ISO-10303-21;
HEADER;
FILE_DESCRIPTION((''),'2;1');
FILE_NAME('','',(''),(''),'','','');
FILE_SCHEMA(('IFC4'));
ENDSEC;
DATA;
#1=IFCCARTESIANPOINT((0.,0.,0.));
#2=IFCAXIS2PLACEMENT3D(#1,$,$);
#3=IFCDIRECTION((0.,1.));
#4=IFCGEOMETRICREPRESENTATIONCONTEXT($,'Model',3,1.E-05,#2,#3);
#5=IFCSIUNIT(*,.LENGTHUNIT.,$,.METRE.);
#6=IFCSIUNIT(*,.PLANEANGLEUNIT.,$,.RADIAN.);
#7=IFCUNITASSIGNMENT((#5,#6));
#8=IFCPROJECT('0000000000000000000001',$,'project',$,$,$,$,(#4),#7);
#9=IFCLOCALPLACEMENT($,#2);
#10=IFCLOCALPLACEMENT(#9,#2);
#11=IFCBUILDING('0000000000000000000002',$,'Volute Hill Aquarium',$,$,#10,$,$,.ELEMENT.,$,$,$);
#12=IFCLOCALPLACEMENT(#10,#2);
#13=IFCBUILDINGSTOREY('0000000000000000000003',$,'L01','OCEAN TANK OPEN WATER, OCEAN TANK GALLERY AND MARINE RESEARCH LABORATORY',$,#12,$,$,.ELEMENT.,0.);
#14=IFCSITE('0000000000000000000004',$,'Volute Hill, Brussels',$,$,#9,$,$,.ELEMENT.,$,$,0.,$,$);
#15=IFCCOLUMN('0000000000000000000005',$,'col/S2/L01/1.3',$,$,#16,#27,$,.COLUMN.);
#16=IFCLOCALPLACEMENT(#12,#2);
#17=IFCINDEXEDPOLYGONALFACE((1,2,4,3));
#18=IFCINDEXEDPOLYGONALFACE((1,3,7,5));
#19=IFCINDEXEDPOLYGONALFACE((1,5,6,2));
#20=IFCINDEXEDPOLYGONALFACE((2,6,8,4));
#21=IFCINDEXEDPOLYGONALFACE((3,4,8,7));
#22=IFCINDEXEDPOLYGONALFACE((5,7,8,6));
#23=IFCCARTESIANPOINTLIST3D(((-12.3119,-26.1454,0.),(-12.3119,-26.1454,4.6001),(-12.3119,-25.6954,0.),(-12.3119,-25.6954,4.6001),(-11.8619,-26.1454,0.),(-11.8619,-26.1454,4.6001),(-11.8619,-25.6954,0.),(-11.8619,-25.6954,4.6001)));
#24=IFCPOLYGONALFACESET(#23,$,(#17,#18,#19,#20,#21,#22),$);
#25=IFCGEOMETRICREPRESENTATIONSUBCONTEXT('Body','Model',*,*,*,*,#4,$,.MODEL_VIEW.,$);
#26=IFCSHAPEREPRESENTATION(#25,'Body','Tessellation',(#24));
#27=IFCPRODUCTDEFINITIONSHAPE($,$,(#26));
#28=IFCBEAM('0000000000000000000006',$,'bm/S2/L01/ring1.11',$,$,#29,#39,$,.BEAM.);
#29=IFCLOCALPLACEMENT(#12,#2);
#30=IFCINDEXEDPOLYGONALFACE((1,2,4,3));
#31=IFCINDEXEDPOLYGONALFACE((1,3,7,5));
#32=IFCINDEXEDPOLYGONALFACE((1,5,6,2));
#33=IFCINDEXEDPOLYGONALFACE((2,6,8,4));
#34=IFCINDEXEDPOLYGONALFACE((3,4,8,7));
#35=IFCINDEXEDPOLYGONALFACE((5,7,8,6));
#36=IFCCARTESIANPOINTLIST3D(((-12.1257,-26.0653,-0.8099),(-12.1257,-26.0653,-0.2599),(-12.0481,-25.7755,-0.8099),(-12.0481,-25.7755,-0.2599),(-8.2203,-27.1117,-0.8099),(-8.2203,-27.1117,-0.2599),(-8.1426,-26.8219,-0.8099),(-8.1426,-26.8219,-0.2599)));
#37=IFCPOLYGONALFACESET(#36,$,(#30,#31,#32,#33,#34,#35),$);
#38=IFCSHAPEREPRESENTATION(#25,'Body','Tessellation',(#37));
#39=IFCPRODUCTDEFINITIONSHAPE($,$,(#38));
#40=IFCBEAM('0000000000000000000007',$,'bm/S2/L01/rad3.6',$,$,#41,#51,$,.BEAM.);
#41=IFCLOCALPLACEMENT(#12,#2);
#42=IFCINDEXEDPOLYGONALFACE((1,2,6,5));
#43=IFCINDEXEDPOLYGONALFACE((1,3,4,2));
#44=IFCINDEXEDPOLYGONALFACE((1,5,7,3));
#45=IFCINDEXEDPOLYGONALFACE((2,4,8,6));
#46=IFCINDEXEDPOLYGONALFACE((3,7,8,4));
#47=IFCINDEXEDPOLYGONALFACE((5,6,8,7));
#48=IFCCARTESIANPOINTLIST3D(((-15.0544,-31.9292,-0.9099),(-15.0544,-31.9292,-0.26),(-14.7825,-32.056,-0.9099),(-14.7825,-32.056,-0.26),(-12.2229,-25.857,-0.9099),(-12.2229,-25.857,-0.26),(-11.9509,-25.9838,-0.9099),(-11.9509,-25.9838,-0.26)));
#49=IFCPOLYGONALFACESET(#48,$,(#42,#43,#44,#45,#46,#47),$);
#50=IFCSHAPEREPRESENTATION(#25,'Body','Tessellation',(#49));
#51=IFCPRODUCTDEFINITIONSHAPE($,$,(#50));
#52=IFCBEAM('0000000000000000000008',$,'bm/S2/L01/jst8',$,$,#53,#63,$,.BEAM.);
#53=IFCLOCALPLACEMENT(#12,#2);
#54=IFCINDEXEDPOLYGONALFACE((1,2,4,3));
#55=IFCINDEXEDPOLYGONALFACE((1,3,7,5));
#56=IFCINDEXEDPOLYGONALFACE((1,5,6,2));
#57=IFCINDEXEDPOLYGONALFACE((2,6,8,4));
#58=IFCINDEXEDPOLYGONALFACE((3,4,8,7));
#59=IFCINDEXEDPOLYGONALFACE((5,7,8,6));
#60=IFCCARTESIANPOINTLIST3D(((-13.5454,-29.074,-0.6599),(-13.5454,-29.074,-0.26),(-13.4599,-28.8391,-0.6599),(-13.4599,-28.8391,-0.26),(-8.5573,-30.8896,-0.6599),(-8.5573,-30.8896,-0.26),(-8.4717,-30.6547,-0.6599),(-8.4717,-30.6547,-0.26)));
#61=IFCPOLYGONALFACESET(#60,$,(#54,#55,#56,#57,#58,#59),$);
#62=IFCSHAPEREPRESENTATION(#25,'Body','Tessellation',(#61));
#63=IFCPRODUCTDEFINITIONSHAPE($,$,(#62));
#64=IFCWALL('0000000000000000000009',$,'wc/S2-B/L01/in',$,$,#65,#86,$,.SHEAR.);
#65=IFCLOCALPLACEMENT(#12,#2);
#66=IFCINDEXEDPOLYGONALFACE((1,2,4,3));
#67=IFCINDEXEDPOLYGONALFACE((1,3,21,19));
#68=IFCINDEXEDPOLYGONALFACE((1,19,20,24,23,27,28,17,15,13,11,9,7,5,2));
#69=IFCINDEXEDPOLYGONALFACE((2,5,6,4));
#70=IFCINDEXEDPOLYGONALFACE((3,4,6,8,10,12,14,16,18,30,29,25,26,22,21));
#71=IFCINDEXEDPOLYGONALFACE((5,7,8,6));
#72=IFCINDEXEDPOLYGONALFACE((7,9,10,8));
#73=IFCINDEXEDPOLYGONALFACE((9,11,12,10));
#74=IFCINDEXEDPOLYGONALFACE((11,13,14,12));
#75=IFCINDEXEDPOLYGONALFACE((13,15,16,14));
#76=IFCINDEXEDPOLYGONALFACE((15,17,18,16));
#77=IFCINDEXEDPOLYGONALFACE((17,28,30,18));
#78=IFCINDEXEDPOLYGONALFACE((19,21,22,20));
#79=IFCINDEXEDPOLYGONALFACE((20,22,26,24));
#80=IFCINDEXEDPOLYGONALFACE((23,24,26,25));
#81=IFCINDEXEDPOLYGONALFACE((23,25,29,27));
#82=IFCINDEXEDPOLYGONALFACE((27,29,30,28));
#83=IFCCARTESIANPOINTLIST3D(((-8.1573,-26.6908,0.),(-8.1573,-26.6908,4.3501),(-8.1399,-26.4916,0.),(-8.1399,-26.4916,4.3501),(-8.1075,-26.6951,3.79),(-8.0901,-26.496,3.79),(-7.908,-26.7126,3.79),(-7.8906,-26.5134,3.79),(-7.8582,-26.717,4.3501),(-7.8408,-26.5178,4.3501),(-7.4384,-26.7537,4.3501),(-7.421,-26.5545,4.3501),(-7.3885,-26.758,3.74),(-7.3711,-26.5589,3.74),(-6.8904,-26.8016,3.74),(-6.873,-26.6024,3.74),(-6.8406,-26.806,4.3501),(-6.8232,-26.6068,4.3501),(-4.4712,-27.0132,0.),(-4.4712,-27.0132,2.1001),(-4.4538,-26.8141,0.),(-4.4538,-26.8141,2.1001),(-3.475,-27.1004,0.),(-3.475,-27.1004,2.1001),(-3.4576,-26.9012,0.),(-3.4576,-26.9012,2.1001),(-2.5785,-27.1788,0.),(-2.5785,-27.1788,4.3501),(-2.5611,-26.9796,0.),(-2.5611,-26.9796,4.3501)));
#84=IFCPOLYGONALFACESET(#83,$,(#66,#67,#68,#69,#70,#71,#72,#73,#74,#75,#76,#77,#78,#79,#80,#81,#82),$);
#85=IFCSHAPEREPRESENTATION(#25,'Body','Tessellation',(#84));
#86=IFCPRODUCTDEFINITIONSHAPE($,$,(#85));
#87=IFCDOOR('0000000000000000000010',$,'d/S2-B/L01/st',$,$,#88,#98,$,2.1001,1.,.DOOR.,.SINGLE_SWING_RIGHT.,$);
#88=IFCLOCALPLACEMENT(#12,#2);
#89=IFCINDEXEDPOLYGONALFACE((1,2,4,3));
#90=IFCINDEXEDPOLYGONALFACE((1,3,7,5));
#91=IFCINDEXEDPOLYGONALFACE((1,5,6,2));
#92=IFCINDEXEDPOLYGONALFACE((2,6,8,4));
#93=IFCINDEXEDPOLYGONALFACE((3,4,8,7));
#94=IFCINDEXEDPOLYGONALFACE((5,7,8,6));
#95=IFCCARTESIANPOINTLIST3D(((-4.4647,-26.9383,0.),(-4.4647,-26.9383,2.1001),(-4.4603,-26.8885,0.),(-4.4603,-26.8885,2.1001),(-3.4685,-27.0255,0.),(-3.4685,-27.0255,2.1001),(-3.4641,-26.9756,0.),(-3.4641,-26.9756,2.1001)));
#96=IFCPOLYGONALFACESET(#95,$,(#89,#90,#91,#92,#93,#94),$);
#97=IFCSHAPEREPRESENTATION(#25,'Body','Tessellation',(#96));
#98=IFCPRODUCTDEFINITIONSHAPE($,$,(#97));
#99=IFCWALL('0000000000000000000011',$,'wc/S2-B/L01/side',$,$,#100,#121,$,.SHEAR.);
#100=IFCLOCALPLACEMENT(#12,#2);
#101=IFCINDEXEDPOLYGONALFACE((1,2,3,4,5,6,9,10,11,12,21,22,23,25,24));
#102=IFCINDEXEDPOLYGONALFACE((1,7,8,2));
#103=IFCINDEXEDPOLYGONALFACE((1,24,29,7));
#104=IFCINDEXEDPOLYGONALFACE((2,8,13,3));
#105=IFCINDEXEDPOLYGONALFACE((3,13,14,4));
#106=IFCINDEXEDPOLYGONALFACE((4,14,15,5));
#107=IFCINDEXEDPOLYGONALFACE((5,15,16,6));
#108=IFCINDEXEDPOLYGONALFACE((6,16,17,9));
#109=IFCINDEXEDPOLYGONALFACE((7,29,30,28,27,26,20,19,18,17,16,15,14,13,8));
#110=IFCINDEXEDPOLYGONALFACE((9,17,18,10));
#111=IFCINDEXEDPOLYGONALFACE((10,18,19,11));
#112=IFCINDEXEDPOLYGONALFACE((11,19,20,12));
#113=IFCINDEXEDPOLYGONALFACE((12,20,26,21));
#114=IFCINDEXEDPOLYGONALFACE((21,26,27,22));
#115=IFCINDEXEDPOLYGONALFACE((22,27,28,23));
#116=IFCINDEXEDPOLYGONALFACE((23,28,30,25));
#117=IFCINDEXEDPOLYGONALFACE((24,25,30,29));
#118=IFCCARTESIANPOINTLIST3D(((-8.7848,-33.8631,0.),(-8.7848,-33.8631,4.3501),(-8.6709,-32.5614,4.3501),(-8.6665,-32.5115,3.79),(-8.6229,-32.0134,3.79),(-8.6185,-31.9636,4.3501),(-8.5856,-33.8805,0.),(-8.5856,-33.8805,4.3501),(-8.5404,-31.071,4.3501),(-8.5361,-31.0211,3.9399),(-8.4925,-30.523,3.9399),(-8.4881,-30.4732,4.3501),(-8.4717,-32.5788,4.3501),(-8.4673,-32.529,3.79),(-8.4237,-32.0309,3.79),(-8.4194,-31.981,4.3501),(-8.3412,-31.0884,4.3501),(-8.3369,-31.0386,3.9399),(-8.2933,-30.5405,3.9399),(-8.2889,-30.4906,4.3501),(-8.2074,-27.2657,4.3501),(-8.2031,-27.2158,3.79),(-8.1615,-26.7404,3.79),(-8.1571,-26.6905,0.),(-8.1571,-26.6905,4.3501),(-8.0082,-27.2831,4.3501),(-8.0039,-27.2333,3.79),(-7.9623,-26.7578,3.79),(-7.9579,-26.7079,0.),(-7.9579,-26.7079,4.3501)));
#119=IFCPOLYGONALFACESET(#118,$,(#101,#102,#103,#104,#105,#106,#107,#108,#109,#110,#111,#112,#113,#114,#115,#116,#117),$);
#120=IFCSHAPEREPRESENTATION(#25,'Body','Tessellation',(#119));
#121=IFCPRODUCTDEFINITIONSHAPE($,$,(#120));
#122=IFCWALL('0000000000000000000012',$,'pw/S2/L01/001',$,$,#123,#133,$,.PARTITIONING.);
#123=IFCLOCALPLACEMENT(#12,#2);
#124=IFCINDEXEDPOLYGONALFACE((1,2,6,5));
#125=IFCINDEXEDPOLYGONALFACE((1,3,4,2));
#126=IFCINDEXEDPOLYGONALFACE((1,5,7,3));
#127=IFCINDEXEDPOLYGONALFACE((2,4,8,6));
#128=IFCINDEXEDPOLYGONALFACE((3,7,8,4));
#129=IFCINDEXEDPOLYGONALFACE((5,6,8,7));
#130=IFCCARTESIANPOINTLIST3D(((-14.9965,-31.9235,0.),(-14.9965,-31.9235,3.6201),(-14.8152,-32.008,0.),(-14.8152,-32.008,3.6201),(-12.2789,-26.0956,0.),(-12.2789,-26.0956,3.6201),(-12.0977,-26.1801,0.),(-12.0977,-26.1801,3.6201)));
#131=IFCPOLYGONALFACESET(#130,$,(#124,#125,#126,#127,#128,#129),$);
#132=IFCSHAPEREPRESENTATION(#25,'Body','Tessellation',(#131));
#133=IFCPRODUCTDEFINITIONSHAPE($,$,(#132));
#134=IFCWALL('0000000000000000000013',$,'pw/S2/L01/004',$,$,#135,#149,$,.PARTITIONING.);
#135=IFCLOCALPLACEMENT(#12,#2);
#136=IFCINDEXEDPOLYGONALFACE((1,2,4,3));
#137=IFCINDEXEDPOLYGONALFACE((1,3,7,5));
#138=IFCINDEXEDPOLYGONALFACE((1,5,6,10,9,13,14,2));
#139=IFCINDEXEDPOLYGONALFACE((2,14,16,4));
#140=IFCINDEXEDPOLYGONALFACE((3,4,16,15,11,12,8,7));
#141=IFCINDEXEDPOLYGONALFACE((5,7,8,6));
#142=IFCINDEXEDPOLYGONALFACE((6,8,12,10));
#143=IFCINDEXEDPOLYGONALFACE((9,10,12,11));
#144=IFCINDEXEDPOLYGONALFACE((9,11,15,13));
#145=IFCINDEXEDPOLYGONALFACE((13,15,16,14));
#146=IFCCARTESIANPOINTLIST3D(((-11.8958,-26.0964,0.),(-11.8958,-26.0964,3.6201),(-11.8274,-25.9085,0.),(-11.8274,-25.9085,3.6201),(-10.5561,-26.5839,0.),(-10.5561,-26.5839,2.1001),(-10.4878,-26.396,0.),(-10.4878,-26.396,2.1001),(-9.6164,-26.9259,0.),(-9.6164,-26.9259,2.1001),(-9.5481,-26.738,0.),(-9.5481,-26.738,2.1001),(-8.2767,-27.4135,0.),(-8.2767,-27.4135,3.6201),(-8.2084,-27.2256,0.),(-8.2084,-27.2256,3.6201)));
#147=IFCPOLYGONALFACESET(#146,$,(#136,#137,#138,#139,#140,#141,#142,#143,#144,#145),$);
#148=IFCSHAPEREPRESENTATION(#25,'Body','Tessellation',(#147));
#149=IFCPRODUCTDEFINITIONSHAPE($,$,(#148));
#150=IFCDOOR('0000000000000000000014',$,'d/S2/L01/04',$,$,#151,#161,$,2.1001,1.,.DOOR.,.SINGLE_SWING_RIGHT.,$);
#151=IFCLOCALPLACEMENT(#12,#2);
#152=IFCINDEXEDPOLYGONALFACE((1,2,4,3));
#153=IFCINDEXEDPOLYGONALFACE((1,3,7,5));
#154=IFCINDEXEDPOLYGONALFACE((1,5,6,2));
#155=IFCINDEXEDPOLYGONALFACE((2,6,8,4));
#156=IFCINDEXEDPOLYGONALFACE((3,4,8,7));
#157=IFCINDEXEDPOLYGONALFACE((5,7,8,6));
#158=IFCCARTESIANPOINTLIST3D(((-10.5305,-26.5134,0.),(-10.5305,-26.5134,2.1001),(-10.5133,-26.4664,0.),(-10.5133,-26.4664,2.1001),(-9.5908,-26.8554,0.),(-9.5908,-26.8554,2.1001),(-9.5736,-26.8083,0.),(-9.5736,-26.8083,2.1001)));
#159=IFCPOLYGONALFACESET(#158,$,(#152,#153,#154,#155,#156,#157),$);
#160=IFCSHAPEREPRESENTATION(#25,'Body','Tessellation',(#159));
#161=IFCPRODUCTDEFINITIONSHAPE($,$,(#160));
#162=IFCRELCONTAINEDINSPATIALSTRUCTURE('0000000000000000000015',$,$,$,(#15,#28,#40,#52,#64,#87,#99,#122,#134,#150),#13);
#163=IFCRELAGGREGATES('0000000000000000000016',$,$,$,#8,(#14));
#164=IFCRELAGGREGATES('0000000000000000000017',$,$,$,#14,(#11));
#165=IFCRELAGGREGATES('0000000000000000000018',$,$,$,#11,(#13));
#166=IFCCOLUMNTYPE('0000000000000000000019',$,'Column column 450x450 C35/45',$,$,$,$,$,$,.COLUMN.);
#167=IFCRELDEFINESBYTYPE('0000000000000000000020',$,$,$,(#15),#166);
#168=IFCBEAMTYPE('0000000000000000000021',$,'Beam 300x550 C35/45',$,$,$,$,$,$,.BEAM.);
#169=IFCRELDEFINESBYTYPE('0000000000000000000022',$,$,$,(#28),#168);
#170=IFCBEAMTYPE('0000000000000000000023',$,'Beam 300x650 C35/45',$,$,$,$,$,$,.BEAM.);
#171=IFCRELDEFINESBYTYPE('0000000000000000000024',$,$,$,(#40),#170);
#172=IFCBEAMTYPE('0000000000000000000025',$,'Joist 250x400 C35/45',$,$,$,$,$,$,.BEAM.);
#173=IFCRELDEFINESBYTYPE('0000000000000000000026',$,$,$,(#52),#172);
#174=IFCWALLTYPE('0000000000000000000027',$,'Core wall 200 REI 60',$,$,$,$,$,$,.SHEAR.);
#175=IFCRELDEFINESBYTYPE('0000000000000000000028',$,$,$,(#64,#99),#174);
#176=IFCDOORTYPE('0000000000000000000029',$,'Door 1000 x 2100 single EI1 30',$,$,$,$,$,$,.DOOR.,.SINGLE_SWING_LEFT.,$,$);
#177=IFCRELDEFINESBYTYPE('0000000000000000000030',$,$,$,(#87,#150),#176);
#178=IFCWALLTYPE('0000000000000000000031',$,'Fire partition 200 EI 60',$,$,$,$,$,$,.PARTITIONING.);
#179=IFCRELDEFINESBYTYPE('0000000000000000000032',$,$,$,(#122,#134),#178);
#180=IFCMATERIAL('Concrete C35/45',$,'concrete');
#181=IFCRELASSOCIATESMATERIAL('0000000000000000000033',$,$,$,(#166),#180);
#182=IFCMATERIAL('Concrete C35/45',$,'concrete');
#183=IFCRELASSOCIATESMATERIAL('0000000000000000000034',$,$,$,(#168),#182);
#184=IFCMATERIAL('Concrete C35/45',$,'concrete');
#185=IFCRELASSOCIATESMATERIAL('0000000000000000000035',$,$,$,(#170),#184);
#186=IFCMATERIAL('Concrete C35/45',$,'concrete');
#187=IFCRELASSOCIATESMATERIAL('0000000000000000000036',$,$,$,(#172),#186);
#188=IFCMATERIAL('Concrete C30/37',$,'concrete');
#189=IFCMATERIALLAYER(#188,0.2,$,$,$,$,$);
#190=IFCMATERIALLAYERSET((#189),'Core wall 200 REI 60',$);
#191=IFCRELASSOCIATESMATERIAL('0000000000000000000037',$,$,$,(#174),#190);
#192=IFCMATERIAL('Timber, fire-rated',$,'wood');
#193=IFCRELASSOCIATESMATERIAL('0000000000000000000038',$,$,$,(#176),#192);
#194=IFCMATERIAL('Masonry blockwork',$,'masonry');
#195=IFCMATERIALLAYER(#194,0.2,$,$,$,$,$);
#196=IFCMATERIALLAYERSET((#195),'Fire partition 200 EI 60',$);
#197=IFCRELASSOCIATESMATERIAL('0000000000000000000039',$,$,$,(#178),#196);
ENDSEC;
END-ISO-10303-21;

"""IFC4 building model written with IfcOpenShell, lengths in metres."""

from ifc_helpers import new_model, si_unit, direction, frame, frame_2d, origin, origin_2d, place, context, subcontext, project, spatial, polyline, rectangle, outline, extrude, material, layer, layer_set, material_profile, profile_set, type_object, element, fill, save


model = new_model("IFC4")

# Units and contexts
model_context = context("Model", 3, precision=1e-05, world=origin(), true_north=direction((0.0, 1.0)))
body_context = subcontext(model_context, "Body", "Model", "MODEL_VIEW")
ifc_project = project(units=[si_unit("LENGTHUNIT", "METRE"), si_unit("PLANEANGLEUNIT", "RADIAN")], contexts=[model_context])

# Site, building, storey
site_placement = place(None, origin())
site = spatial("IfcSite", under=ifc_project, at=site_placement, Name="Volute Hill, Brussels", CompositionType="ELEMENT", RefElevation=0.0)
building_placement = place(site_placement, origin())
building = spatial("IfcBuilding", under=site, at=building_placement, Name="Volute Hill Aquarium", CompositionType="ELEMENT")
storey_placement = place(building_placement, origin())
storey = spatial("IfcBuildingStorey", under=building, at=storey_placement, Name="L01", Description="OCEAN TANK OPEN WATER, OCEAN TANK GALLERY AND MARINE RESEARCH LABORATORY", CompositionType="ELEMENT", Elevation=0.0)

# Column
ifc_material_1 = material(Name="Concrete C35/45", Category="concrete")
ifc_material_profile_1 = material_profile(ifc_material_1, rectangle(XDim=0.45, YDim=0.45, at=origin_2d()), Name="RC column 450x450")
ifc_profile_set_1 = profile_set([ifc_material_profile_1], Name="Concrete C35/45")
column_type = type_object("IfcColumnType", Name="Column column 450x450 C35/45", PredefinedType="COLUMN", material=ifc_profile_set_1)
column_placement = place(storey_placement, frame((-12.0869, -25.9204, 0.0), z_axis=(0.0, 0.0, 1.0), x_axis=(1.0, 0.0, 0.0)))
element("IfcColumn", 1, at=column_placement, inside=storey, type_object=column_type, Name="col/S2/L01/1.3", PredefinedType="COLUMN", context=body_context, shape_type="SweptSolid", body=[
    extrude(rectangle(XDim=0.45, YDim=0.45, at=origin_2d()), origin(), (0.0, 0.0, 1.0), 4.6001),
])

# Beams
ifc_material_2 = material(Name="Concrete C35/45", Category="concrete")
ifc_material_profile_2 = material_profile(ifc_material_2, rectangle(XDim=0.3, YDim=0.55, at=origin_2d()), Name="RC beam 300x550")
ifc_profile_set_2 = profile_set([ifc_material_profile_2], Name="Concrete C35/45")
beam_type_1 = type_object("IfcBeamType", Name="Beam 300x550 C35/45", PredefinedType="BEAM", material=ifc_profile_set_2)
beam_1_placement = place(storey_placement, frame((-12.0869, -25.9204, -0.5349), z_axis=(0.965932, -0.258797, 0.0), x_axis=(0.258797, 0.965932, 0.0)))
element("IfcBeam", 2, at=beam_1_placement, inside=storey, type_object=beam_type_1, Name="bm/S2/L01/ring1.11", PredefinedType="BEAM", context=body_context, shape_type="SweptSolid", body=[
    extrude(rectangle(XDim=0.3, YDim=0.55, at=origin_2d()), origin(), (0.0, 0.0, 1.0), 4.0432),
])
ifc_material_3 = material(Name="Concrete C35/45", Category="concrete")
ifc_material_profile_3 = material_profile(ifc_material_3, rectangle(XDim=0.3, YDim=0.6499, at=origin_2d()), Name="RC beam 300x650")
ifc_profile_set_3 = profile_set([ifc_material_profile_3], Name="Concrete C35/45")
beam_type_2 = type_object("IfcBeamType", Name="Beam 300x650 C35/45", PredefinedType="BEAM", material=ifc_profile_set_3)
beam_2_placement = place(storey_placement, frame((-12.0869, -25.9204, -0.585), z_axis=(-0.422618, -0.906308, 0.0), x_axis=(0.906308, -0.422618, 0.0)))
element("IfcBeam", 3, at=beam_2_placement, inside=storey, type_object=beam_type_2, Name="bm/S2/L01/rad3.6", PredefinedType="BEAM", context=body_context, shape_type="SweptSolid", body=[
    extrude(rectangle(XDim=0.3, YDim=0.6499, at=origin_2d()), origin(), (0.0, 0.0, 1.0), 6.7),
])
ifc_material_4 = material(Name="Concrete C35/45", Category="concrete")
ifc_material_profile_4 = material_profile(ifc_material_4, rectangle(XDim=0.25, YDim=0.3999, at=origin_2d()), Name="RC joist 250x400")
ifc_profile_set_4 = profile_set([ifc_material_profile_4], Name="Concrete C35/45")
beam_type_3 = type_object("IfcBeamType", Name="Joist 250x400 C35/45", PredefinedType="BEAM", material=ifc_profile_set_4)
beam_3_placement = place(storey_placement, frame((-13.5027, -28.9565, -0.46), z_axis=(0.939687, -0.342035, 0.0), x_axis=(0.342035, 0.939687, 0.0)))
element("IfcBeam", 4, at=beam_3_placement, inside=storey, type_object=beam_type_3, Name="bm/S2/L01/jst8", PredefinedType="BEAM", context=body_context, shape_type="SweptSolid", body=[
    extrude(rectangle(XDim=0.25, YDim=0.3999, at=origin_2d()), origin(), (0.0, 0.0, 1.0), 5.3083),
])

# Wall, opening, door
ifc_material_5 = material(Name="Concrete C30/37", Category="concrete")
ifc_layer_1 = layer(ifc_material_5, 0.2)
ifc_layer_set_1 = layer_set([ifc_layer_1], Name="Core wall 200 REI 60")
wall_type_1 = type_object("IfcWallType", Name="Core wall 200 REI 60", PredefinedType="SHEAR", material=ifc_layer_set_1)
wall_1_placement = place(storey_placement, frame((-2.5698, -27.0791, 0.0), z_axis=(0.0, 0.0, 1.0), x_axis=(-0.996195, 0.087147, 0.0)))
wall_1 = element("IfcWall", 5, at=wall_1_placement, inside=storey, type_object=wall_type_1, Name="wc/S2-B/L01/in", PredefinedType="SHEAR", context=body_context, shape_type="SweptSolid", body=[
    extrude(outline(polyline([(0.0, 0.0), (5.6001, 0.0), (5.6001, 4.3501), (5.55, 3.79), (5.3499, 3.79), (5.2998, 4.3501), (4.8784, 4.3501), (4.8284, 3.74), (4.3284, 3.74), (4.2783, 4.3501), (0.0, 4.3501), (0.0, 0.0)])), frame((0.0, 0.1001, 0.0), z_axis=(0.0, -1.0, 0.0), x_axis=(1.0, 0.0, 0.0)), (0.0, 0.0, 1.0), 0.2),
])
opening_1_placement = place(wall_1_placement, frame((0.8999, 0.0, 0.0)))
opening_1 = element("IfcOpeningElement", 6, at=opening_1_placement, cuts=wall_1, PredefinedType="OPENING", context=body_context, shape_type="SweptSolid", body=[
    extrude(rectangle(XDim=1.0, YDim=2.1001, at=frame_2d((0.5, 1.05))), frame((0.0, 0.1099, 0.0), z_axis=(0.0, -1.0, 0.0), x_axis=(1.0, 0.0, 0.0)), (0.0, 0.0, 1.0), 0.22),
])
ifc_material_6 = material(Name="Timber, fire-rated", Category="wood")
door_type_1 = type_object("IfcDoorType", Name="Door 1000 x 2100 single EI1 30", OperationType="SINGLE_SWING_LEFT", PredefinedType="DOOR", material=ifc_material_6)
door_1_placement = place(opening_1_placement, origin())
door_1 = element("IfcDoor", 7, at=door_1_placement, inside=storey, type_object=door_type_1, Name="d/S2-B/L01/st", OperationType="SINGLE_SWING_RIGHT", OverallHeight=2.1001, OverallWidth=1.0, PredefinedType="DOOR", context=body_context, shape_type="SweptSolid", body=[
    extrude(rectangle(XDim=1.0, YDim=2.1001, at=frame_2d((0.5, 1.05))), frame((0.0, 0.0249, 0.0), z_axis=(0.0, -1.0, 0.0), x_axis=(1.0, 0.0, 0.0)), (0.0, 0.0, 1.0), 0.05),
])
fill(opening_1, door_1)

# Wall
wall_2_placement = place(storey_placement, frame((-8.0576, -26.6992, 0.0), z_axis=(0.0, 0.0, 1.0), x_axis=(-0.087178, -0.996193, 0.0)))
element("IfcWall", 8, at=wall_2_placement, inside=storey, type_object=wall_type_1, Name="wc/S2-B/L01/side", PredefinedType="SHEAR", context=body_context, shape_type="SweptSolid", body=[
    extrude(outline(polyline([(0.0, 0.0), (7.2, 0.0), (7.2, 4.3501), (5.8933, 4.3501), (5.8433, 3.79), (5.3433, 3.79), (5.2932, 4.3501), (4.3972, 4.3501), (4.3472, 3.9399), (3.8472, 3.9399), (3.7971, 4.3501), (0.5774, 4.3501), (0.5273, 3.79), (0.05, 3.79), (0.0, 4.3501), (0.0, 0.0)])), frame((0.0, 0.1001, 0.0), z_axis=(0.0, -1.0, 0.0), x_axis=(1.0, 0.0, 0.0)), (0.0, 0.0, 1.0), 0.2),
])

# Wall
ifc_material_7 = material(Name="Masonry blockwork", Category="masonry")
ifc_layer_2 = layer(ifc_material_7, 0.2)
ifc_layer_set_2 = layer_set([ifc_layer_2], Name="Fire partition 200 EI 60")
wall_type_2 = type_object("IfcWallType", Name="Fire partition 200 EI 60", PredefinedType="PARTITIONING", material=ifc_layer_set_2)
wall_3_placement = place(storey_placement, frame((-12.1882, -26.1377, 0.0), z_axis=(0.0, 0.0, 1.0), x_axis=(-0.422611, -0.906311, 0.0)))
element("IfcWall", 9, at=wall_3_placement, inside=storey, type_object=wall_type_2, Name="pw/S2/L01/001", PredefinedType="PARTITIONING", context=body_context, shape_type="SweptSolid", body=[
    extrude(rectangle(XDim=6.4304, YDim=0.2, at=frame_2d((3.2153, 0.0))), origin(), (0.0, 0.0, 1.0), 3.6201),
])

# Wall, opening, door
wall_4_placement = place(storey_placement, frame((-8.2424, -27.3196, 0.0), z_axis=(0.0, 0.0, 1.0), x_axis=(-0.939703, 0.341992, 0.0)))
wall_4 = element("IfcWall", 10, at=wall_4_placement, inside=storey, type_object=wall_type_2, Name="pw/S2/L01/004", PredefinedType="PARTITIONING", context=body_context, shape_type="SweptSolid", body=[
    extrude(rectangle(XDim=3.8513, YDim=0.2, at=frame_2d((1.9258, 0.0))), origin(), (0.0, 0.0, 1.0), 3.6201),
])
opening_2_placement = place(wall_4_placement, frame((1.4258, 0.0, 0.0)))
opening_2 = element("IfcOpeningElement", 11, at=opening_2_placement, cuts=wall_4, PredefinedType="OPENING", context=body_context, shape_type="SweptSolid", body=[
    extrude(rectangle(XDim=1.0, YDim=2.1001, at=frame_2d((0.5, 1.05))), frame((0.0, 0.1099, 0.0), z_axis=(0.0, -1.0, 0.0), x_axis=(1.0, 0.0, 0.0)), (0.0, 0.0, 1.0), 0.22),
])
door_2_placement = place(opening_2_placement, origin())
door_2 = element("IfcDoor", 12, at=door_2_placement, inside=storey, type_object=door_type_1, Name="d/S2/L01/04", OperationType="SINGLE_SWING_RIGHT", OverallHeight=2.1001, OverallWidth=1.0, PredefinedType="DOOR", context=body_context, shape_type="SweptSolid", body=[
    extrude(rectangle(XDim=1.0, YDim=2.1001, at=frame_2d((0.5, 1.05))), frame((0.0, 0.0249, 0.0), z_axis=(0.0, -1.0, 0.0), x_axis=(1.0, 0.0, 0.0)), (0.0, 0.0, 1.0), 0.05),
])
fill(opening_2, door_2)

save(model, "model.ifc")
